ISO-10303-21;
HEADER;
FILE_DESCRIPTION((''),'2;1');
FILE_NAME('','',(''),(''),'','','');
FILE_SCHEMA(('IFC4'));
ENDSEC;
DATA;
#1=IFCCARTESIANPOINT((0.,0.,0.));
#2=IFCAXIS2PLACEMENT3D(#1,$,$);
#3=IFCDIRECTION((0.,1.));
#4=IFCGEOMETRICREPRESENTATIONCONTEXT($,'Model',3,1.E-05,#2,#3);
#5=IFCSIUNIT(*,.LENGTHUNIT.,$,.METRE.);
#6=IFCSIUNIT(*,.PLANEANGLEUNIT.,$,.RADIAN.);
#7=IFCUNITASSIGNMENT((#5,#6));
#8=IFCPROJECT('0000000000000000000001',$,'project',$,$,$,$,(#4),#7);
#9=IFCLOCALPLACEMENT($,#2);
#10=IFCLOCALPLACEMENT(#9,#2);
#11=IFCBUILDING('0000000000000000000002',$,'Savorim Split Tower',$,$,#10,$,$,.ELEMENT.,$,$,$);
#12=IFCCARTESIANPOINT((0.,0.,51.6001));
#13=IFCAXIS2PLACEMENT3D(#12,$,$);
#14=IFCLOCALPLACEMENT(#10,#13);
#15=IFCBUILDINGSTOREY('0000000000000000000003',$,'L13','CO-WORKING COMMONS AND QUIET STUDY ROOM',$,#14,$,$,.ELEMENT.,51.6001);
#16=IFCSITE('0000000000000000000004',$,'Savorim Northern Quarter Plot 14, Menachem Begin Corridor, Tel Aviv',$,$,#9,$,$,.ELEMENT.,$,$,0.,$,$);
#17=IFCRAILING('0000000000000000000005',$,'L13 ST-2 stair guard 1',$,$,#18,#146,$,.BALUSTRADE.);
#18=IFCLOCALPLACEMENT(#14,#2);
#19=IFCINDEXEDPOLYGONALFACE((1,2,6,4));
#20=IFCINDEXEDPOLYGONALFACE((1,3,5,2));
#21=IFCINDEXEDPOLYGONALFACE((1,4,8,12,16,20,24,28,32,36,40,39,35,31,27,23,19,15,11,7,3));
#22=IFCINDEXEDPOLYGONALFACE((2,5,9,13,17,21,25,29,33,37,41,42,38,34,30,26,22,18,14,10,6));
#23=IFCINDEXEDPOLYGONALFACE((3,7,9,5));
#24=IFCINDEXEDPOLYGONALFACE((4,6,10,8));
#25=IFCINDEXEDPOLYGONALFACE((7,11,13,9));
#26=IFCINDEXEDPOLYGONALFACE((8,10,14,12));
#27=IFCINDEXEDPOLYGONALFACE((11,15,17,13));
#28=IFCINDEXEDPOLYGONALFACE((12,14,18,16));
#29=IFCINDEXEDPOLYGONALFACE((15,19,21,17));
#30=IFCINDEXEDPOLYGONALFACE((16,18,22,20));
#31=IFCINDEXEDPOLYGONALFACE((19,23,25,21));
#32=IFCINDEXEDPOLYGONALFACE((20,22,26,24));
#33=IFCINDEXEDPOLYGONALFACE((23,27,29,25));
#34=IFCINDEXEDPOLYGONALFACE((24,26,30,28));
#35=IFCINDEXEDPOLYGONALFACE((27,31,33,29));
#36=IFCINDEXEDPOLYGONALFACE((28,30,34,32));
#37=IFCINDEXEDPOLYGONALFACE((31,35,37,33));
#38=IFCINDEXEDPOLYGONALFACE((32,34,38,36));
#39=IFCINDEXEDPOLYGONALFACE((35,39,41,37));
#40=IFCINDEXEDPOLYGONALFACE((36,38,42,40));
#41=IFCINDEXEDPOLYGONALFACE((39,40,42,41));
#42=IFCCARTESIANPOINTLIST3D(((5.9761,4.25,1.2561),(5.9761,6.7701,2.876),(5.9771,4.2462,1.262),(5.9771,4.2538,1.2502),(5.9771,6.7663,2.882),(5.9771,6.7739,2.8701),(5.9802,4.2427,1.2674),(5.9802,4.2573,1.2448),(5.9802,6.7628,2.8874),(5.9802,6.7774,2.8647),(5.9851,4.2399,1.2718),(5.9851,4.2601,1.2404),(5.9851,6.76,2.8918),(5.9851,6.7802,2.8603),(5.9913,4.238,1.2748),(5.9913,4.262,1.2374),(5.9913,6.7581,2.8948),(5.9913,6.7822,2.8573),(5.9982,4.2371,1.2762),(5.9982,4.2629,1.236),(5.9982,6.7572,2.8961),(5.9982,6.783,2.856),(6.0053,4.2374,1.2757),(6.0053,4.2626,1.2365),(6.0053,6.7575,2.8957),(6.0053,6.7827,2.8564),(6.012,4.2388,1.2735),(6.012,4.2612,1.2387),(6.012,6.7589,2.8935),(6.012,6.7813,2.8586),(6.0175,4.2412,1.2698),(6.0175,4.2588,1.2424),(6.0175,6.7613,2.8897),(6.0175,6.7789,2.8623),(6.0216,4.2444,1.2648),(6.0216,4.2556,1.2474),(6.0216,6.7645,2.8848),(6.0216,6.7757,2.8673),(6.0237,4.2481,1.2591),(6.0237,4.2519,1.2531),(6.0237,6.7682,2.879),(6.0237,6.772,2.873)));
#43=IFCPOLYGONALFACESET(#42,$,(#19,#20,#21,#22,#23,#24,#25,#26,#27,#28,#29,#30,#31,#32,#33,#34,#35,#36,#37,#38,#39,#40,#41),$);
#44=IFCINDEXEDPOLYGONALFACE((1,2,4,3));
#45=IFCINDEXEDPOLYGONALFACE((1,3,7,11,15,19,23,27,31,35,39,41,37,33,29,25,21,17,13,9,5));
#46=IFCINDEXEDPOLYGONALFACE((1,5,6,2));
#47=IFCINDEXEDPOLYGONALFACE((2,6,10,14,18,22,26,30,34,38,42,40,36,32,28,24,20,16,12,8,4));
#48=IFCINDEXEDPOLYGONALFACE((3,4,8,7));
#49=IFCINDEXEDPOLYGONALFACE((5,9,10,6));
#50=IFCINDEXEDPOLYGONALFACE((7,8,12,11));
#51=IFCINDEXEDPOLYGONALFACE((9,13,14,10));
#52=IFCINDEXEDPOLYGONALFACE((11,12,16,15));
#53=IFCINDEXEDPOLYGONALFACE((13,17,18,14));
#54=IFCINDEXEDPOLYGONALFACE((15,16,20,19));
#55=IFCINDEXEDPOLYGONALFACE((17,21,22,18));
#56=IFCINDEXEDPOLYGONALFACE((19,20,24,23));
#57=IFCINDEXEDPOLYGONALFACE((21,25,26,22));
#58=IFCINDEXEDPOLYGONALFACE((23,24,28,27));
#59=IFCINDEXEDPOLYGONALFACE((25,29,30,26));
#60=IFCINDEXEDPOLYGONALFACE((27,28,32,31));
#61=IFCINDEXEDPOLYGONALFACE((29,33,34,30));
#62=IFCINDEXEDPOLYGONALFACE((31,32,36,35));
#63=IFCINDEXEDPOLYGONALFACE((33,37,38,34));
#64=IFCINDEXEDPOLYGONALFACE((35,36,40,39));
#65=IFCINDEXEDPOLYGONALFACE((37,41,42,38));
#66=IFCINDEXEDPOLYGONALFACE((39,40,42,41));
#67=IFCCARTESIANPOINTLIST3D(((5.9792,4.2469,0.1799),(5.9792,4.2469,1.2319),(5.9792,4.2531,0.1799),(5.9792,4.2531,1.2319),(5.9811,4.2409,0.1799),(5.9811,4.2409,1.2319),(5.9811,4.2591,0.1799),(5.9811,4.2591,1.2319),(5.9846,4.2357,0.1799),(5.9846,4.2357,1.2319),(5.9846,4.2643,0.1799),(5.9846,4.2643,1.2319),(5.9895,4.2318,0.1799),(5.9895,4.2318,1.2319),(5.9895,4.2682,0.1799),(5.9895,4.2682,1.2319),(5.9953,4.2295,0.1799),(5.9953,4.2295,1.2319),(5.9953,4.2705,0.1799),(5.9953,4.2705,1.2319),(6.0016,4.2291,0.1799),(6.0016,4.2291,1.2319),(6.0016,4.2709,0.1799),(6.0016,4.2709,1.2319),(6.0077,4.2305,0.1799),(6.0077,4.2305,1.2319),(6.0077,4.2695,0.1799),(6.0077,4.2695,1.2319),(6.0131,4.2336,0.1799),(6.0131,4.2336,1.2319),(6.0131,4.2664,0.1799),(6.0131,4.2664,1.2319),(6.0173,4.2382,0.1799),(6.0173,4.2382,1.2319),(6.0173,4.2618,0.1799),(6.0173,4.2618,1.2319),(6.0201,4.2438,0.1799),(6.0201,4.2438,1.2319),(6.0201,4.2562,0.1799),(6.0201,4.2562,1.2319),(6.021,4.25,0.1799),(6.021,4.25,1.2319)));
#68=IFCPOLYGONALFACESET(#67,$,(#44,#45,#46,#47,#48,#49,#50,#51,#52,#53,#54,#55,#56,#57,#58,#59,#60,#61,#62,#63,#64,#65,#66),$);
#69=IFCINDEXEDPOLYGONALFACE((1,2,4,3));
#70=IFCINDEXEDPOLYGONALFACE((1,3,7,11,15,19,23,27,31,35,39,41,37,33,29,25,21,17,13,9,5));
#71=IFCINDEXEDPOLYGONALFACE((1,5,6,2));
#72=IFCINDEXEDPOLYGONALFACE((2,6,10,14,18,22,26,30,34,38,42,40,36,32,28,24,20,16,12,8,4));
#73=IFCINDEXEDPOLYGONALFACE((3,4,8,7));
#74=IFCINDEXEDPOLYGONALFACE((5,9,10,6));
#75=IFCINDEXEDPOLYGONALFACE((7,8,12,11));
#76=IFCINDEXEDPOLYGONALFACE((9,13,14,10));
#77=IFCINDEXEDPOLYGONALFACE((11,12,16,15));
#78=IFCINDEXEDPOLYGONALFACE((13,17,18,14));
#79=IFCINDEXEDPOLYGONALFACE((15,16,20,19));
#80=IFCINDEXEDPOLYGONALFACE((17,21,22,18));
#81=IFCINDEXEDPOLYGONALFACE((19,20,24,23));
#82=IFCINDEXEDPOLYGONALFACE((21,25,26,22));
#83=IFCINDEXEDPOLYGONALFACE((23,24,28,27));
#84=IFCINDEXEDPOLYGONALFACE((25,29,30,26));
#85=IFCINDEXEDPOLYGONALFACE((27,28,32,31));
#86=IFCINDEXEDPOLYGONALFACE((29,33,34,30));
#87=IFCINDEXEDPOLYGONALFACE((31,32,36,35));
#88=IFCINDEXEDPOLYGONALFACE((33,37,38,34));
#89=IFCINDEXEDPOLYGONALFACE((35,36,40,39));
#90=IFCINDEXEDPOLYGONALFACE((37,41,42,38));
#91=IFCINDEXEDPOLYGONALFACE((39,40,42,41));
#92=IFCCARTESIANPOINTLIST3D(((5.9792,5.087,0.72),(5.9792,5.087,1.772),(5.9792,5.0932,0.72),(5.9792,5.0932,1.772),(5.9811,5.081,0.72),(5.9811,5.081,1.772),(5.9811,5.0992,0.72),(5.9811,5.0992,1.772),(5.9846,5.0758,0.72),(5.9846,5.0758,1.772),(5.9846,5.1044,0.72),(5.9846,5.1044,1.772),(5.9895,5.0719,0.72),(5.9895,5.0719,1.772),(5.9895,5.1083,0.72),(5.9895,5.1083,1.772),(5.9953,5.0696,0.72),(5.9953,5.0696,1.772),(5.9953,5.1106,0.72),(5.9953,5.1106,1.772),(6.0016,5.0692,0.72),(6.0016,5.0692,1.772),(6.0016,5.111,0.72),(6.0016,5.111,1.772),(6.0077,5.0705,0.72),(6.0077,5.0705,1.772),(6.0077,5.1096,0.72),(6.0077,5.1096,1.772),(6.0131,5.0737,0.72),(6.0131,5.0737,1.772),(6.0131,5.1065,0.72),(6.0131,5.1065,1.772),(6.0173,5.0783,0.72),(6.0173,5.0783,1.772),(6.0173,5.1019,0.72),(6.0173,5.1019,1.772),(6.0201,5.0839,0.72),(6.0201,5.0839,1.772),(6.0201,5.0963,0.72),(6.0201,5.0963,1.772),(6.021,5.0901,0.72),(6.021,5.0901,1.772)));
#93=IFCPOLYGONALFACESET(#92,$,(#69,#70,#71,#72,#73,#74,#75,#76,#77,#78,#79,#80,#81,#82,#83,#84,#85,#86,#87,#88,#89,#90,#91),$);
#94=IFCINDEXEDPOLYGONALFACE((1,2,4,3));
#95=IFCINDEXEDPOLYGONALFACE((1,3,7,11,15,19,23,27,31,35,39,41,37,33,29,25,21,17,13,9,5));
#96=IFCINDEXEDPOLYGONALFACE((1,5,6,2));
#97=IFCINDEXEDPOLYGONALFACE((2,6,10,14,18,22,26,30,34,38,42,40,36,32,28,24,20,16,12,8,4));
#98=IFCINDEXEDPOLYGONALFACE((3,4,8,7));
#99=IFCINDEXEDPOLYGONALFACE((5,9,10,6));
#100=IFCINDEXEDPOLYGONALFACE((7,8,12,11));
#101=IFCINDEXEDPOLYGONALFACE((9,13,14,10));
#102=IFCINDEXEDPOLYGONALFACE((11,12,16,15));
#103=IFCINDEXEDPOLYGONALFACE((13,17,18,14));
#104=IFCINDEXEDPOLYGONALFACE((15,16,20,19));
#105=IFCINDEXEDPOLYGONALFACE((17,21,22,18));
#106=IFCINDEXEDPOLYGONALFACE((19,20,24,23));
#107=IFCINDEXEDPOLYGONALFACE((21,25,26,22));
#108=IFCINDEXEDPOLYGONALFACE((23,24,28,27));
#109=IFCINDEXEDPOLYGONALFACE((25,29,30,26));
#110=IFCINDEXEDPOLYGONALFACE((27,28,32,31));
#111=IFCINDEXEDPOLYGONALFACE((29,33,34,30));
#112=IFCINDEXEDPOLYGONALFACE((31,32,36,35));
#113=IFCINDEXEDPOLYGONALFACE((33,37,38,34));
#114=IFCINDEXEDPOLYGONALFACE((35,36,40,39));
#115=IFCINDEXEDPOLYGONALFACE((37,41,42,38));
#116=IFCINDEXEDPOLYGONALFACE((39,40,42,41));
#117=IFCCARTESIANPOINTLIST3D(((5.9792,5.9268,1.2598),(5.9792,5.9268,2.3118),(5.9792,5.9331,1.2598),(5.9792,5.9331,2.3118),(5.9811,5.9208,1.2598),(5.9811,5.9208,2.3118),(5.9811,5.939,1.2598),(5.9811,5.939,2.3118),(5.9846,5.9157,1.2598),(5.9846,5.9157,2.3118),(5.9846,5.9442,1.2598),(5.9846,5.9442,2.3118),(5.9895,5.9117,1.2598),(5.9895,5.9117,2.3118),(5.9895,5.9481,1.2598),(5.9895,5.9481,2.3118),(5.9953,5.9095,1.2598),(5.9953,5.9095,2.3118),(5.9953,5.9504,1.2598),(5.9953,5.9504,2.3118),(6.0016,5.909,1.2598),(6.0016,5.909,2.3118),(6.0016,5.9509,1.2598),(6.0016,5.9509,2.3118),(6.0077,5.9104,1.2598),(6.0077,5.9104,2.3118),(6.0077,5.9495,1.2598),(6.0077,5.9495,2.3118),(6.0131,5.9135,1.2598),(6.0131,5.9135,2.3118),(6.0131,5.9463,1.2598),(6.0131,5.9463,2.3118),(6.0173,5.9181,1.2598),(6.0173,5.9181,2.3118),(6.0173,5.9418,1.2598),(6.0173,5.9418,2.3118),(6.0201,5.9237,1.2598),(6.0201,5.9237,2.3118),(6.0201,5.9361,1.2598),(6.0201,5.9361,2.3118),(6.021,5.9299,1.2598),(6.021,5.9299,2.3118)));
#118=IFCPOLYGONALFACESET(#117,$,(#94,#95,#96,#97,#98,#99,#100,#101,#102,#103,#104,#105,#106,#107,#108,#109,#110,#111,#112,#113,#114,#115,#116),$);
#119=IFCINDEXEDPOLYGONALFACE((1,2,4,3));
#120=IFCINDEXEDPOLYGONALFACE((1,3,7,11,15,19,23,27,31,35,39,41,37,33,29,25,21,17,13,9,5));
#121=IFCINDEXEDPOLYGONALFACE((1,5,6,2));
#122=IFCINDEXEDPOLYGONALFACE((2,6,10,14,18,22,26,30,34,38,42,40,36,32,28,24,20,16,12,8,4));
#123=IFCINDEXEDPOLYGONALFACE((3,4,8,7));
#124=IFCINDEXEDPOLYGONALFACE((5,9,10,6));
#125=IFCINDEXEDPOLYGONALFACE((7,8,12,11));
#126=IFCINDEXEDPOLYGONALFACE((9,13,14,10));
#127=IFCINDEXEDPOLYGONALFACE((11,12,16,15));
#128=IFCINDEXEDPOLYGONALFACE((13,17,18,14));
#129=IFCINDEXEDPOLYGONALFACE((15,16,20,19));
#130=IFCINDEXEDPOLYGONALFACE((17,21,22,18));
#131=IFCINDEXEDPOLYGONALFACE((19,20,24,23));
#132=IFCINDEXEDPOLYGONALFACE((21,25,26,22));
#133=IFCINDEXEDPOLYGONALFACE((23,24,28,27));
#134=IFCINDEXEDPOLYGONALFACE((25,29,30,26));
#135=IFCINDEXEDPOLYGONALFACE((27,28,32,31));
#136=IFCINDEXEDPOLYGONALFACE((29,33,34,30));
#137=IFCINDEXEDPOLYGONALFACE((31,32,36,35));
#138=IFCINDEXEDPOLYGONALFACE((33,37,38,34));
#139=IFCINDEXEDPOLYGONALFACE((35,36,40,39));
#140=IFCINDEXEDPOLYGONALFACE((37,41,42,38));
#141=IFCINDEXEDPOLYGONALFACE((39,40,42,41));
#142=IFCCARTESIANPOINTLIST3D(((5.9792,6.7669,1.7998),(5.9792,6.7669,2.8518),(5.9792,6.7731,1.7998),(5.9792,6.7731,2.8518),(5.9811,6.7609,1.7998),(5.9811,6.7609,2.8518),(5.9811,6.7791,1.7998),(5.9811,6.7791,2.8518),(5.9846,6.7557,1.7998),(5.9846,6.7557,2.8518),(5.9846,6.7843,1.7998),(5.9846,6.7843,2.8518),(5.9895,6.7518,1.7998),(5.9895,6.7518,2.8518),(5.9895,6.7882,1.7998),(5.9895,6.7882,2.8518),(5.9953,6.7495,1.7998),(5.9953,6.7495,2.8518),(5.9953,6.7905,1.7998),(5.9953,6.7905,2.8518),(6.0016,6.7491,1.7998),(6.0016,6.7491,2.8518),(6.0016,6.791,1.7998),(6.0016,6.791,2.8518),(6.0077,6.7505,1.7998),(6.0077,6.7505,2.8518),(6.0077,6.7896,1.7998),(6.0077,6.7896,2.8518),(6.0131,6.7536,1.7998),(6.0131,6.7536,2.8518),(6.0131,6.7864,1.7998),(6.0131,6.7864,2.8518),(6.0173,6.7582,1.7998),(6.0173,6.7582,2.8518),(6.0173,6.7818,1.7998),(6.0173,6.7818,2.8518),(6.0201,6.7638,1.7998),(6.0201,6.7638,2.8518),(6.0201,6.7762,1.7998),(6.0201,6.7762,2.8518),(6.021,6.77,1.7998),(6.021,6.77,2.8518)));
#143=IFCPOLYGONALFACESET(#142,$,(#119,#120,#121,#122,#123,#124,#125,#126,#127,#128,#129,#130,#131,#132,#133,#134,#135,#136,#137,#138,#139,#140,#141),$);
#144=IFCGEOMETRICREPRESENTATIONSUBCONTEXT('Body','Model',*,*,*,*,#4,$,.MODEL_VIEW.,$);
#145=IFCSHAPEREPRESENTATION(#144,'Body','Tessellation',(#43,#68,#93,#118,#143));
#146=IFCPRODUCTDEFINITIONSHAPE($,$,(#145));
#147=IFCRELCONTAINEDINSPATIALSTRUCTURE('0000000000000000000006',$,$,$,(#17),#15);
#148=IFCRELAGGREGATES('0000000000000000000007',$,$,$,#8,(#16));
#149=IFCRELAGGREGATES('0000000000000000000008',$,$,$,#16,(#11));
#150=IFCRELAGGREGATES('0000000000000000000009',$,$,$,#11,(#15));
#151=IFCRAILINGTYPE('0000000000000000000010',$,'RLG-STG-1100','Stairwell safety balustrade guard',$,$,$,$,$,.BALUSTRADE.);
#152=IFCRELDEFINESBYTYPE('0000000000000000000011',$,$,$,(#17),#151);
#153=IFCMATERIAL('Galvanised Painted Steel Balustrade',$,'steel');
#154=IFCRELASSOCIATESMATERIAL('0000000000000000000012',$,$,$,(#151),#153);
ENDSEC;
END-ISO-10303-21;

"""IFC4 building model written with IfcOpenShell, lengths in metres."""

from ifc_helpers import new_model, si_unit, direction, frame, origin, origin_2d, place, context, subcontext, project, spatial, circle, extrude, material, type_object, element, save


model = new_model("IFC4")

# Units and contexts
model_context = context("Model", 3, precision=1e-05, world=origin(), true_north=direction((0.0, 1.0)))
body_context = subcontext(model_context, "Body", "Model", "MODEL_VIEW")
ifc_project = project(units=[si_unit("LENGTHUNIT", "METRE"), si_unit("PLANEANGLEUNIT", "RADIAN")], contexts=[model_context])

# Site, building, storey
site_placement = place(None, origin())
site = spatial("IfcSite", under=ifc_project, at=site_placement, Name="Savorim Northern Quarter Plot 14, Menachem Begin Corridor, Tel Aviv", CompositionType="ELEMENT", RefElevation=0.0)
building_placement = place(site_placement, origin())
building = spatial("IfcBuilding", under=site, at=building_placement, Name="Savorim Split Tower", CompositionType="ELEMENT")
storey_placement = place(building_placement, frame((0.0, 0.0, 51.6001)))
storey = spatial("IfcBuildingStorey", under=building, at=storey_placement, Name="L13", Description="CO-WORKING COMMONS AND QUIET STUDY ROOM", CompositionType="ELEMENT", Elevation=51.6001)

# Railing
ifc_material_1 = material(Name="Galvanised Painted Steel Balustrade", Category="steel")
railing_type_1 = type_object("IfcRailingType", Name="RLG-STG-1100", Description="Stairwell safety balustrade guard", PredefinedType="BALUSTRADE", material=ifc_material_1)
railing_1_placement = place(storey_placement, frame((6.0, 4.25, 0.1799)))
element("IfcRailing", 1, at=railing_1_placement, inside=storey, type_object=railing_type_1, Name="L13 ST-2 stair guard 1", PredefinedType="BALUSTRADE", context=body_context, shape_type="SweptSolid", body=[
    extrude(circle(Radius=0.0239, at=origin_2d()), frame((0.0, 0.0, 1.0762), z_axis=(0.0, 0.8412, 0.540725), x_axis=(-1.0, 0.0, 0.0)), (0.0, 0.0, 1.0), 2.9958),
    extrude(circle(Radius=0.021, at=origin_2d()), origin(), (0.0, 0.0, 1.0), 1.052),
    extrude(circle(Radius=0.021, at=origin_2d()), frame((0.0, 0.8401, 0.54)), (0.0, 0.0, 1.0), 1.052),
    extrude(circle(Radius=0.021, at=origin_2d()), frame((0.0, 1.6799, 1.0798)), (0.0, 0.0, 1.0), 1.052),
    extrude(circle(Radius=0.021, at=origin_2d()), frame((0.0, 2.52, 1.6199)), (0.0, 0.0, 1.0), 1.052),
])

save(model, "model.ifc")
